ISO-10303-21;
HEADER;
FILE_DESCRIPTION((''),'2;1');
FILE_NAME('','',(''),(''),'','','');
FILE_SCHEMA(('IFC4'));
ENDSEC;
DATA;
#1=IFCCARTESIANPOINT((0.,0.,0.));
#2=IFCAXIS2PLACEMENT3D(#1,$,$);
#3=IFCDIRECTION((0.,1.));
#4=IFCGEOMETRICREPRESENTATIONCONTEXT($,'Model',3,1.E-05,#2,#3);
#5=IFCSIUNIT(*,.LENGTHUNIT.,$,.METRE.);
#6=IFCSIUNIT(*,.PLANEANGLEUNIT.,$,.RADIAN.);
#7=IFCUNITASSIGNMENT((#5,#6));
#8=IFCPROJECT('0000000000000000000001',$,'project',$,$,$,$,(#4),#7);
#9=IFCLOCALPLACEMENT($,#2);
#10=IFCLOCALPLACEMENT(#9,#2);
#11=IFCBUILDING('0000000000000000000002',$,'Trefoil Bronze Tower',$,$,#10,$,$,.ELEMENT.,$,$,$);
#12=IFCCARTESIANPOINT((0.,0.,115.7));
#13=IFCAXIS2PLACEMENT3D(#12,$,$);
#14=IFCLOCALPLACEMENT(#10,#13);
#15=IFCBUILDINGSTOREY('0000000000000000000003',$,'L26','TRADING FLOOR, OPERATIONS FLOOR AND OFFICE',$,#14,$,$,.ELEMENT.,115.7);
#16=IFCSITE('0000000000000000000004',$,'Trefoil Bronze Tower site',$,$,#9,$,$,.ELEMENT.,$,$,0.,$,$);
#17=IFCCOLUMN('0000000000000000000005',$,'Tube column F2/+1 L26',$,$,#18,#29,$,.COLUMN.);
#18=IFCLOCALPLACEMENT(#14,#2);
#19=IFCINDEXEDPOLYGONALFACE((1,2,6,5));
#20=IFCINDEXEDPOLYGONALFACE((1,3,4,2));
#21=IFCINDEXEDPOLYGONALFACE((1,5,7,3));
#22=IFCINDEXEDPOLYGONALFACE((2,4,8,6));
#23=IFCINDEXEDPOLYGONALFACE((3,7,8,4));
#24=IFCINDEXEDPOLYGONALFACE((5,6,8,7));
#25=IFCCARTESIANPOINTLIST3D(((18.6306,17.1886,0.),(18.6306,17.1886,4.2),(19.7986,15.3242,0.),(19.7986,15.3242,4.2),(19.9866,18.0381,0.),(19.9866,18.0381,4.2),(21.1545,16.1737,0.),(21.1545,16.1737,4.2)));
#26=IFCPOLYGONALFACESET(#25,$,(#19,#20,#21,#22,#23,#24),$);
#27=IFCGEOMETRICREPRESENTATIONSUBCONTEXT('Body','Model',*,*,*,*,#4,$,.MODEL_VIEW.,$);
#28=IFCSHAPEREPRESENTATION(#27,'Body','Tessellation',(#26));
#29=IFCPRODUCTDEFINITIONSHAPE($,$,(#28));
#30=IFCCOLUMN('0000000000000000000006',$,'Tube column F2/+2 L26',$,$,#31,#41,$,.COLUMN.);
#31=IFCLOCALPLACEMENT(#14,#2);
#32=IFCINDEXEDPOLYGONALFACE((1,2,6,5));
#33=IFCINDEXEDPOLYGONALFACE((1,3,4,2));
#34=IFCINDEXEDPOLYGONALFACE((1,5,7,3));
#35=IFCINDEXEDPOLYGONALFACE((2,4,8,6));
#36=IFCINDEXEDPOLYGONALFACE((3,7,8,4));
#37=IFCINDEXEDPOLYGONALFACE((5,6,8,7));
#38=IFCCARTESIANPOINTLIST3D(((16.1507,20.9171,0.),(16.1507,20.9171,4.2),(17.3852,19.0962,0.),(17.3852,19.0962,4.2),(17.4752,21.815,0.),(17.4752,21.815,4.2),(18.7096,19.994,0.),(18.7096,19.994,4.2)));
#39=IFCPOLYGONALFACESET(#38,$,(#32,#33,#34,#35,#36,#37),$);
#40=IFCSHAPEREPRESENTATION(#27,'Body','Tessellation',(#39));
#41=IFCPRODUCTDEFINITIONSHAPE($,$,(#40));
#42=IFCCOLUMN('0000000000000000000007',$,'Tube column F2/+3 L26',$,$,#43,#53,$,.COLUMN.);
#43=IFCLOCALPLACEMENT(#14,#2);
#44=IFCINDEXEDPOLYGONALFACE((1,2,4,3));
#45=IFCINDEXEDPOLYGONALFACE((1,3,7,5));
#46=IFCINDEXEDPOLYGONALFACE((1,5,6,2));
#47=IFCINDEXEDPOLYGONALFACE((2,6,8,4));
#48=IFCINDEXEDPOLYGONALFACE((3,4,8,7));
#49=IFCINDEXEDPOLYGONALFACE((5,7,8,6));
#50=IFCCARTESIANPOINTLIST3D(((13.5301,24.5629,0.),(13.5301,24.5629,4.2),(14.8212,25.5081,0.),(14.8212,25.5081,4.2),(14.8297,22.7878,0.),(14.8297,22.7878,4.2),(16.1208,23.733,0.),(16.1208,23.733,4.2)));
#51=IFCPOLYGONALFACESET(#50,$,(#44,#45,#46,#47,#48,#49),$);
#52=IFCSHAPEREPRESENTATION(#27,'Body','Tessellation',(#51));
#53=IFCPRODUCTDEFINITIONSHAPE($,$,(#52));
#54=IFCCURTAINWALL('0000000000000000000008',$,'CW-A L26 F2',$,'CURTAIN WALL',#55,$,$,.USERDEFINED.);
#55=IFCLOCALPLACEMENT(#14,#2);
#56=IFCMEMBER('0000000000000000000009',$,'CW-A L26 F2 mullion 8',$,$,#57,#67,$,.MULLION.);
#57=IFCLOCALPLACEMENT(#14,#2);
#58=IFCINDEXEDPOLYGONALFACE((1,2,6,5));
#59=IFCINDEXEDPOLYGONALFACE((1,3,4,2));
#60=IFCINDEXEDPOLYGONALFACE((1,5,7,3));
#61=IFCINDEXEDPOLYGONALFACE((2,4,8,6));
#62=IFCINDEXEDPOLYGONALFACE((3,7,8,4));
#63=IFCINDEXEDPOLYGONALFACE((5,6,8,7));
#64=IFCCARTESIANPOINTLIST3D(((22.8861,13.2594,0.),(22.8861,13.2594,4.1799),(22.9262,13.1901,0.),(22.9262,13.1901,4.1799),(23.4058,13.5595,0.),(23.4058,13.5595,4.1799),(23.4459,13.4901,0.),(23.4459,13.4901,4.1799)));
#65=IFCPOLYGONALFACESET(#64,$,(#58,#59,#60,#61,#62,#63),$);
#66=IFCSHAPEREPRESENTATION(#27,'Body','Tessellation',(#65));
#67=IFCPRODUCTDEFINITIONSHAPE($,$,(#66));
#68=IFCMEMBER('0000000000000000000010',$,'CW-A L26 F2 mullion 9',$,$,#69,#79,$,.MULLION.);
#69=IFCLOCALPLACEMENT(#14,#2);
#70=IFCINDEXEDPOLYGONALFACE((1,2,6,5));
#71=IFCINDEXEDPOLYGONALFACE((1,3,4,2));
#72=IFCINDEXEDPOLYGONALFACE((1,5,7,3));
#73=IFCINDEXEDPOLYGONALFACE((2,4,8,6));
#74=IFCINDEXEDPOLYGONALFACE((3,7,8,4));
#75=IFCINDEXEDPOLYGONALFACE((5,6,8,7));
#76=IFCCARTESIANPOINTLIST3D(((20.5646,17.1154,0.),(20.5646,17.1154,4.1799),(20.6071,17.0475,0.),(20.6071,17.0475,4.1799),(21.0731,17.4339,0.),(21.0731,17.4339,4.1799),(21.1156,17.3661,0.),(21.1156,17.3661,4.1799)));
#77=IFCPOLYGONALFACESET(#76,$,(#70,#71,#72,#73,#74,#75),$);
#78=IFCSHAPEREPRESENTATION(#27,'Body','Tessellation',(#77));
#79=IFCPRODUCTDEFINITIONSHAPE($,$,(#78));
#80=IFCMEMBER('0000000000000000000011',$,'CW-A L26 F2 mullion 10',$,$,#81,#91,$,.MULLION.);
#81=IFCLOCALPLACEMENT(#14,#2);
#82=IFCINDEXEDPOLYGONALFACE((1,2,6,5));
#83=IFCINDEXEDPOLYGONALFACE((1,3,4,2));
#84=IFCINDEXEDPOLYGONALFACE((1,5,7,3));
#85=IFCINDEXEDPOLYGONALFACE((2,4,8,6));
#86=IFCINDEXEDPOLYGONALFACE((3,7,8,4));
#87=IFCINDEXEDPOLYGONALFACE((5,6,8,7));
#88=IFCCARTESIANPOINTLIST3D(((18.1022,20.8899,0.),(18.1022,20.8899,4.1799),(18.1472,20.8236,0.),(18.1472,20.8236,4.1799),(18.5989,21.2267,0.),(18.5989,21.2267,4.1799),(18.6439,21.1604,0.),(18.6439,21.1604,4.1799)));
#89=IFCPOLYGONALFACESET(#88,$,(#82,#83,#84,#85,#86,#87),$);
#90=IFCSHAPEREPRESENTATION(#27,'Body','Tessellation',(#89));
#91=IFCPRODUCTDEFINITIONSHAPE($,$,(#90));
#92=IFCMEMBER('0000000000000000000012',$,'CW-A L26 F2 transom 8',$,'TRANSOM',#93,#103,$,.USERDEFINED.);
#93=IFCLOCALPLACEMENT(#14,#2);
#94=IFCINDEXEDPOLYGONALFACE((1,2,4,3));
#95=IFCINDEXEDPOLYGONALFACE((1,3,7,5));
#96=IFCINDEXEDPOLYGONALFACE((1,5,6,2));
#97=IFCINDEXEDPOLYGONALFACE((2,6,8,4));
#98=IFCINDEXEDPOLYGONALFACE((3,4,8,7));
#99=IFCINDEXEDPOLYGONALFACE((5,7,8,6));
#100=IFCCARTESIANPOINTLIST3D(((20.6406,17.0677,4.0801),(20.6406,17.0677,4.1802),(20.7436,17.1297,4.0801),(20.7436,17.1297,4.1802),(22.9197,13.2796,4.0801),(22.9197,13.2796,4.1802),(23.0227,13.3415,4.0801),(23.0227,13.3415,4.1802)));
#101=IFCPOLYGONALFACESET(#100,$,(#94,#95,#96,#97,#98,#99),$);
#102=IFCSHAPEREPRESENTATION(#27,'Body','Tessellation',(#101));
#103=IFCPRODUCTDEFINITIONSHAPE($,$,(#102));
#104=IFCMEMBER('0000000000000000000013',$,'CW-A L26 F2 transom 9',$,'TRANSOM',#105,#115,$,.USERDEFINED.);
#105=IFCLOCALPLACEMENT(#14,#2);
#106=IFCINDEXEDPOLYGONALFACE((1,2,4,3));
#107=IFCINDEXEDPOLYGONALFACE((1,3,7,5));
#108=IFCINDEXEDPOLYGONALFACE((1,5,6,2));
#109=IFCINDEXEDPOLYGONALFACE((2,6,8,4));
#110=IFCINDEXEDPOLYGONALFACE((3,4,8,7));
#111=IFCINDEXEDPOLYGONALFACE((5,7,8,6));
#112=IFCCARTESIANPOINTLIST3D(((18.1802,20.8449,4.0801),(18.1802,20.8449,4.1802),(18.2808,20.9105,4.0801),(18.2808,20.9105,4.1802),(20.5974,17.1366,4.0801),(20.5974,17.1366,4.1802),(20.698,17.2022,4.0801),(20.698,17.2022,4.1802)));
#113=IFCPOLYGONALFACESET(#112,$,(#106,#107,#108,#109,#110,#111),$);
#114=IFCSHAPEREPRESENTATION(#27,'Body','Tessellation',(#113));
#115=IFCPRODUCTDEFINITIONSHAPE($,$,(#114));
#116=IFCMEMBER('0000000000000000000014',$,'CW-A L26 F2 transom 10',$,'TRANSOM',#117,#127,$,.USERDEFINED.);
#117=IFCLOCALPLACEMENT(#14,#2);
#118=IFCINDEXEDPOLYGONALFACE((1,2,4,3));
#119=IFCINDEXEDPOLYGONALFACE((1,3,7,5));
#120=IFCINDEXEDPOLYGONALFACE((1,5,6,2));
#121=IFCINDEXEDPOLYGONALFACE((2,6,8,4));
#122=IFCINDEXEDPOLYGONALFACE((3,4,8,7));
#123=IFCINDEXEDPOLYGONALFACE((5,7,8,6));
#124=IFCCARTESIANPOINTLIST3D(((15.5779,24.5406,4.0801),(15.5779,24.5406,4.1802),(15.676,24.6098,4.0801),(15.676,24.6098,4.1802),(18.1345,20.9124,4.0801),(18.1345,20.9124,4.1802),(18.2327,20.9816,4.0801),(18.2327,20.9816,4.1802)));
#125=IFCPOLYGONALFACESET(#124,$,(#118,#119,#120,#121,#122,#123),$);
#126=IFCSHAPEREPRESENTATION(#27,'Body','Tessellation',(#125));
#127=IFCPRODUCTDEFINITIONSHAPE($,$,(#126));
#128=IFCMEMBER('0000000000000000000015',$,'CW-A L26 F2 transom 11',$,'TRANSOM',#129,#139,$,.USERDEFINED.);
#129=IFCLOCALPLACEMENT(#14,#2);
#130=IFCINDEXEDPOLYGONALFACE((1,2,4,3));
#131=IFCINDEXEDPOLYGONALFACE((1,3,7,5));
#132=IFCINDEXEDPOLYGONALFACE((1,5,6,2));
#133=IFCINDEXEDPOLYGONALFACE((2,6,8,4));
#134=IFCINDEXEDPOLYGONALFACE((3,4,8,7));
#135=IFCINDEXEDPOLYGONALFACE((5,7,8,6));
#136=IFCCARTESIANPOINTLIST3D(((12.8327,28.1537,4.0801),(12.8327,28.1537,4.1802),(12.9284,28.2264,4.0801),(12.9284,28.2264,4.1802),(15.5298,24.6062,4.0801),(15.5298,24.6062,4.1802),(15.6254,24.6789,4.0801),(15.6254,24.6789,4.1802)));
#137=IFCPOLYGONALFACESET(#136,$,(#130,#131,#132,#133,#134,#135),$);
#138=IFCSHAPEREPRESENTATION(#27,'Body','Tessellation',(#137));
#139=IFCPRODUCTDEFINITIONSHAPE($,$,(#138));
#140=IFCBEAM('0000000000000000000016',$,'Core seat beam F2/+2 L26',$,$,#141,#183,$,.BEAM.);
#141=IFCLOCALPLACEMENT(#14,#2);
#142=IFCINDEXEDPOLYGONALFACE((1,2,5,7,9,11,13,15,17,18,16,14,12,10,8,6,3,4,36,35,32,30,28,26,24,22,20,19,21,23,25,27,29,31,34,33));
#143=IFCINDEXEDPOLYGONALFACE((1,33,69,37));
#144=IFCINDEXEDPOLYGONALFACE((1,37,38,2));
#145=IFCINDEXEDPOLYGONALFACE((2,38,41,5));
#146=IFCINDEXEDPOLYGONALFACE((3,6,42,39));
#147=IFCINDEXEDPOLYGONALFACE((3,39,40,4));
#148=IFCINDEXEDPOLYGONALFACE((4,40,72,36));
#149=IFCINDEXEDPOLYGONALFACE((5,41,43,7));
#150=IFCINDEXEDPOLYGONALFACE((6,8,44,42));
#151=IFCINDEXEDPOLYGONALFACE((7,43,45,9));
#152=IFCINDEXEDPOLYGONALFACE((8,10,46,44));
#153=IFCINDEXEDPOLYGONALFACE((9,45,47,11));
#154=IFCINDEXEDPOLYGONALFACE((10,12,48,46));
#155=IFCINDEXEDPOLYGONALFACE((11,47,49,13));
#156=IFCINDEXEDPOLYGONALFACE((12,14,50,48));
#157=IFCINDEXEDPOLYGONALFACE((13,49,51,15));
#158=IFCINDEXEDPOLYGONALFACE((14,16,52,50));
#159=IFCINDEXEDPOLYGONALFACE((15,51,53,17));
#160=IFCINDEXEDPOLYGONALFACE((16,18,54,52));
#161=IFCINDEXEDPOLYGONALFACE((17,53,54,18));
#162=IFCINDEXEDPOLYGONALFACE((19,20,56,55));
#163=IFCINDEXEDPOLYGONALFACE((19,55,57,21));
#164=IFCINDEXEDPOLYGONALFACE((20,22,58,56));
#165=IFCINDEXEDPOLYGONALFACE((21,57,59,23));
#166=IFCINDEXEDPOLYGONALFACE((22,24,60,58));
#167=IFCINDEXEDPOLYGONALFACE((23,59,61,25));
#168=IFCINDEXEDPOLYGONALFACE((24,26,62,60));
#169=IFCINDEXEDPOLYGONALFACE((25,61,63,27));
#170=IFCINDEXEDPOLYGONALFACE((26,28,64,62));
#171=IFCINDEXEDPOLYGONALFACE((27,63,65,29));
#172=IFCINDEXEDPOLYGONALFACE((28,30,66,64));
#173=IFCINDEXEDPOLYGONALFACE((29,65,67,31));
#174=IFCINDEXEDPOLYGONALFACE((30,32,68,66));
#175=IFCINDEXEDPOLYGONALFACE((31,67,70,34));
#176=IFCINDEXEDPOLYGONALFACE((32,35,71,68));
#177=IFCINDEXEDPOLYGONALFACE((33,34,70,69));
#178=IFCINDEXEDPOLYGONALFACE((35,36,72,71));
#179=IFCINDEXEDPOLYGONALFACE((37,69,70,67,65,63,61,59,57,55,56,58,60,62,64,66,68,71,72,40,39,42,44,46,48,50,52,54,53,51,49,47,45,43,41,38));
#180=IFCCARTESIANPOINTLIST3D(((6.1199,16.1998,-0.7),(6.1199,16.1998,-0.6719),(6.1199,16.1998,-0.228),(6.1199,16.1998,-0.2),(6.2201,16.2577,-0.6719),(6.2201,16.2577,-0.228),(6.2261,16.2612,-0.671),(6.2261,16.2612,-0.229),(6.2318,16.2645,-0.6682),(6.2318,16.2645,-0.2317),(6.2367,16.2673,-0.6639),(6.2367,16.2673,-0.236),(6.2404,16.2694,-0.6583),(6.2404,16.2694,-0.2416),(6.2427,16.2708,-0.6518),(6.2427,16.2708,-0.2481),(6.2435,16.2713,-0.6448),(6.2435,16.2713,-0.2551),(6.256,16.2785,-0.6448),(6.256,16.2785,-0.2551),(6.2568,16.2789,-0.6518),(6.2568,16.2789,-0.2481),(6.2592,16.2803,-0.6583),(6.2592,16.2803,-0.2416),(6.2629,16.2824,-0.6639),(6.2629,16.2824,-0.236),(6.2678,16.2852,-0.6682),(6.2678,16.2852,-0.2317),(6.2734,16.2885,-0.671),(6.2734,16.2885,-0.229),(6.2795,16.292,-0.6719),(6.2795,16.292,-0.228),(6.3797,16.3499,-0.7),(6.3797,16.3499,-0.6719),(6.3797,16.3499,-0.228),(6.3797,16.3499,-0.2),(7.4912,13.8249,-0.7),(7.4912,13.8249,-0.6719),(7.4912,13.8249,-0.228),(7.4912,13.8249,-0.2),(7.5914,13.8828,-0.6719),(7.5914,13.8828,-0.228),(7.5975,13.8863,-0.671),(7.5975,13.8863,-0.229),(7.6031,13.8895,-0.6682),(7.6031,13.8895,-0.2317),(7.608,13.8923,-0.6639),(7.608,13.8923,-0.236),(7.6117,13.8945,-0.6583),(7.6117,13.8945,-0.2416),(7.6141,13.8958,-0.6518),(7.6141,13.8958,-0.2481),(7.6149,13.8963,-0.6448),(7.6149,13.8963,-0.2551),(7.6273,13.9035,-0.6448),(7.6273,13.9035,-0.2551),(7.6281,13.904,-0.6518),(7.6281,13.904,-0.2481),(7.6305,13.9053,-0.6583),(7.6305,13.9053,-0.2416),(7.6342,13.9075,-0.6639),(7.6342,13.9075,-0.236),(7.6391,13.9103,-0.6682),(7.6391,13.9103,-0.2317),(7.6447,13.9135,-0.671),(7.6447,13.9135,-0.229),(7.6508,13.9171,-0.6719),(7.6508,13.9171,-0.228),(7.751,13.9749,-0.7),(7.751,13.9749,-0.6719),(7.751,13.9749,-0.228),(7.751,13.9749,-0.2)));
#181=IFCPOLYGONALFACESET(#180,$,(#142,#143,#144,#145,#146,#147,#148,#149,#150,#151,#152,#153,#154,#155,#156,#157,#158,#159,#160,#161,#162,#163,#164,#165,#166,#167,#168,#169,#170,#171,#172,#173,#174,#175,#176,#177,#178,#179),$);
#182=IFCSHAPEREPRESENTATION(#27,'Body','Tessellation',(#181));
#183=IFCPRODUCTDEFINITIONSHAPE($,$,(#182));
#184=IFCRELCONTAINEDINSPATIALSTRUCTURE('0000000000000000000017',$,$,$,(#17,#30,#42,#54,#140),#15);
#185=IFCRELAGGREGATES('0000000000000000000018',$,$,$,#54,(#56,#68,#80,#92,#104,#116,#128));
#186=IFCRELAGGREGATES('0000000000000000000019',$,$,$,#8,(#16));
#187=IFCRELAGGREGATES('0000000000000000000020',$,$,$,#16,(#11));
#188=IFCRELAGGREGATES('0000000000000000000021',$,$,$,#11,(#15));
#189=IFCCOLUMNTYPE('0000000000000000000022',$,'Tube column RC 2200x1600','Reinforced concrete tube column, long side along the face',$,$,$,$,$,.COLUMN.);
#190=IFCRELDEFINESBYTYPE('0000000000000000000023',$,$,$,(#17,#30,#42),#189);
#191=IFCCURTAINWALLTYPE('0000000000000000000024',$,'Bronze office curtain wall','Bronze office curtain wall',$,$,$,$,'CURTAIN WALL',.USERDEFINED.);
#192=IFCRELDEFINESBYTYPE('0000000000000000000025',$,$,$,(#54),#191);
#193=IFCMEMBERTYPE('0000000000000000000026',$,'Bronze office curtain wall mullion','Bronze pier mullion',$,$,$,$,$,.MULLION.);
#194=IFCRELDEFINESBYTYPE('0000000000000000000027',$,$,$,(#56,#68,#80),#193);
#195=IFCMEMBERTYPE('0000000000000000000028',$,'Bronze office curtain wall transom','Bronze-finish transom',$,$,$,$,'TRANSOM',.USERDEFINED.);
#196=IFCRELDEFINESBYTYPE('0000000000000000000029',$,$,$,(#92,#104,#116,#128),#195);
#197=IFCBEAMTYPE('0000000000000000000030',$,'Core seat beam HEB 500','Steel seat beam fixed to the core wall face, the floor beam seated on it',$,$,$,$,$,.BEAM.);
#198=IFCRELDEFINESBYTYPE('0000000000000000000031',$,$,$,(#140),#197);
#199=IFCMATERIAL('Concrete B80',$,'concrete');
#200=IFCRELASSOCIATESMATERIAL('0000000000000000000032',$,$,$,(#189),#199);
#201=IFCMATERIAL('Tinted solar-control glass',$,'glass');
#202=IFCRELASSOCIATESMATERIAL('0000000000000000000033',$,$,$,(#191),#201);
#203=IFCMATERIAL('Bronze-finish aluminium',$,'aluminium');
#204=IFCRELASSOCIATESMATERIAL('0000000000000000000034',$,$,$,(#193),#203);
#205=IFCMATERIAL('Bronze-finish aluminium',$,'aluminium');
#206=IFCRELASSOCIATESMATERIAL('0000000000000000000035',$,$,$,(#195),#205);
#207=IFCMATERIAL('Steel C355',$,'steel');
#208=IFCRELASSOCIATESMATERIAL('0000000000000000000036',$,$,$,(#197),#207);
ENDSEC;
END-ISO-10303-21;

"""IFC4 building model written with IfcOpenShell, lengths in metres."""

from ifc_helpers import new_model, si_unit, direction, frame, origin, origin_2d, place, context, subcontext, project, spatial, rectangle, i_section, extrude, material, material_profile, profile_set, type_object, element, aggregate, save


model = new_model("IFC4")

# Units and contexts
model_context = context("Model", 3, precision=1e-05, world=origin(), true_north=direction((0.0, 1.0)))
body_context = subcontext(model_context, "Body", "Model", "MODEL_VIEW")
ifc_project = project(units=[si_unit("LENGTHUNIT", "METRE"), si_unit("PLANEANGLEUNIT", "RADIAN")], contexts=[model_context])

# Site, building, storey
site_placement = place(None, origin())
site = spatial("IfcSite", under=ifc_project, at=site_placement, Name="Trefoil Bronze Tower site", CompositionType="ELEMENT", RefElevation=0.0)
building_placement = place(site_placement, origin())
building = spatial("IfcBuilding", under=site, at=building_placement, Name="Trefoil Bronze Tower", CompositionType="ELEMENT")
storey_placement = place(building_placement, frame((0.0, 0.0, 115.7)))
storey = spatial("IfcBuildingStorey", under=building, at=storey_placement, Name="L26", Description="TRADING FLOOR, OPERATIONS FLOOR AND OFFICE", CompositionType="ELEMENT", Elevation=115.7)

# Columns
ifc_material_1 = material(Name="Concrete B80", Category="concrete")
ifc_material_profile_1 = material_profile(ifc_material_1, rectangle(XDim=2.2, YDim=1.6001, at=origin_2d()), Name="RC 2200x1600")
ifc_profile_set_1 = profile_set([ifc_material_profile_1], Name="Concrete B80")
column_type = type_object("IfcColumnType", Name="Tube column RC 2200x1600", Description="Reinforced concrete tube column, long side along the face", PredefinedType="COLUMN", material=ifc_profile_set_1)
for number, where, z_axis, x_axis, name in (
    (1, (19.8926, 16.6812, 0.0), (0.0, 0.0, 1.0), (-0.530893, 0.847439, 0.0), "Tube column F2/+1 L26"),
    (2, (17.4302, 20.4556, 0.0), (0.0, 0.0, 1.0), (-0.561136, 0.827724, 0.0), "Tube column F2/+2 L26"),
    (3, (14.8254, 24.1479, 0.0), (0.0, 0.0, 1.0), (-0.590723, 0.806875, 0.0), "Tube column F2/+3 L26"),
):
    element("IfcColumn", number, at=place(storey_placement, frame(where, z_axis=z_axis, x_axis=x_axis)), inside=storey, type_object=column_type, Name=name, PredefinedType="COLUMN", context=body_context, shape_type="SweptSolid", body=[
        extrude(rectangle(XDim=2.2, YDim=1.6001, at=origin_2d()), origin(), (0.0, 0.0, 1.0), 4.2),
    ])

# Curtain wall, members
ifc_material_2 = material(Name="Tinted solar-control glass", Category="glass")
curtain_wall_type = type_object("IfcCurtainWallType", Name="Bronze office curtain wall", Description="Bronze office curtain wall", ElementType="CURTAIN WALL", PredefinedType="USERDEFINED", material=ifc_material_2)
curtain_wall_placement = place(storey_placement, origin())
curtain_wall = element("IfcCurtainWall", 4, at=curtain_wall_placement, inside=storey, type_object=curtain_wall_type, Name="CW-A L26 F2", ObjectType="CURTAIN WALL", PredefinedType="USERDEFINED")
ifc_material_3 = material(Name="Bronze-finish aluminium", Category="aluminium")
ifc_material_profile_2 = material_profile(ifc_material_3, rectangle(XDim=0.6001, YDim=0.0801, at=origin_2d()), Name="CW-A mullion")
ifc_profile_set_2 = profile_set([ifc_material_profile_2], Name="Bronze-finish aluminium")
member_type_1 = type_object("IfcMemberType", Name="Bronze office curtain wall mullion", Description="Bronze pier mullion", PredefinedType="MULLION", material=ifc_profile_set_2)
member_1_placement = place(storey_placement, frame((23.166, 13.3748, 0.0), z_axis=(0.0, 0.0, 1.0), x_axis=(-0.866025, -0.5, 0.0)))
member_1 = element("IfcMember", 5, at=member_1_placement, type_object=member_type_1, Name="CW-A L26 F2 mullion 8", PredefinedType="MULLION", context=body_context, shape_type="SweptSolid", body=[
    extrude(rectangle(XDim=0.6001, YDim=0.0801, at=origin_2d()), origin(), (0.0, 0.0, 1.0), 4.1799),
])
member_2_placement = place(storey_placement, frame((20.8401, 17.2407, 0.0), z_axis=(0.0, 0.0, 1.0), x_axis=(-0.847439, -0.530893, 0.0)))
member_2 = element("IfcMember", 6, at=member_2_placement, type_object=member_type_1, Name="CW-A L26 F2 mullion 9", PredefinedType="MULLION", context=body_context, shape_type="SweptSolid", body=[
    extrude(rectangle(XDim=0.6001, YDim=0.0801, at=origin_2d()), origin(), (0.0, 0.0, 1.0), 4.1799),
])
member_3_placement = place(storey_placement, frame((18.373, 21.0251, 0.0), z_axis=(0.0, 0.0, 1.0), x_axis=(-0.827724, -0.561136, 0.0)))
member_3 = element("IfcMember", 7, at=member_3_placement, type_object=member_type_1, Name="CW-A L26 F2 mullion 10", PredefinedType="MULLION", context=body_context, shape_type="SweptSolid", body=[
    extrude(rectangle(XDim=0.6001, YDim=0.0801, at=origin_2d()), origin(), (0.0, 0.0, 1.0), 4.1799),
])
ifc_material_4 = material(Name="Bronze-finish aluminium", Category="aluminium")
ifc_material_profile_3 = material_profile(ifc_material_4, rectangle(XDim=0.1201, YDim=0.1001, at=origin_2d()), Name="CW-A transom")
ifc_profile_set_3 = profile_set([ifc_material_profile_3], Name="Bronze-finish aluminium")
member_type_2 = type_object("IfcMemberType", Name="Bronze office curtain wall transom", Description="Bronze-finish transom", ElementType="TRANSOM", PredefinedType="USERDEFINED", material=ifc_profile_set_3)
member_4_placement = place(storey_placement, frame((22.9712, 13.3105, 4.1301), z_axis=(-0.515527, 0.856873, 0.0), x_axis=(-0.856873, -0.515527, 0.0)))
member_4 = element("IfcMember", 8, at=member_4_placement, type_object=member_type_2, Name="CW-A L26 F2 transom 8", ObjectType="TRANSOM", PredefinedType="USERDEFINED", context=body_context, shape_type="SweptSolid", body=[
    extrude(rectangle(XDim=0.1201, YDim=0.1001, at=origin_2d()), origin(), (0.0, 0.0, 1.0), 4.4209),
])
member_5_placement = place(storey_placement, frame((20.6477, 17.1694, 4.1301), z_axis=(-0.546079, 0.837733, 0.0), x_axis=(-0.837733, -0.546079, 0.0)))
member_5 = element("IfcMember", 9, at=member_5_placement, type_object=member_type_2, Name="CW-A L26 F2 transom 9", ObjectType="TRANSOM", PredefinedType="USERDEFINED", context=body_context, shape_type="SweptSolid", body=[
    extrude(rectangle(XDim=0.1201, YDim=0.1001, at=origin_2d()), origin(), (0.0, 0.0, 1.0), 4.4265),
])
member_6_placement = place(storey_placement, frame((18.1836, 20.947, 4.1301), z_axis=(-0.576018, 0.817437, 0.0), x_axis=(-0.817437, -0.576018, 0.0)))
member_6 = element("IfcMember", 10, at=member_6_placement, type_object=member_type_2, Name="CW-A L26 F2 transom 10", ObjectType="TRANSOM", PredefinedType="USERDEFINED", context=body_context, shape_type="SweptSolid", body=[
    extrude(rectangle(XDim=0.1201, YDim=0.1001, at=origin_2d()), origin(), (0.0, 0.0, 1.0), 4.4385),
])
member_7_placement = place(storey_placement, frame((15.5776, 24.6426, 4.1301), z_axis=(-0.605229, 0.796051, 0.0), x_axis=(-0.796051, -0.605229, 0.0)))
member_7 = element("IfcMember", 11, at=member_7_placement, type_object=member_type_2, Name="CW-A L26 F2 transom 11", ObjectType="TRANSOM", PredefinedType="USERDEFINED", context=body_context, shape_type="SweptSolid", body=[
    extrude(rectangle(XDim=0.1201, YDim=0.1001, at=origin_2d()), origin(), (0.0, 0.0, 1.0), 4.4563),
])

# Beam
ifc_material_5 = material(Name="Steel C355", Category="steel")
ifc_material_profile_4 = material_profile(ifc_material_5, i_section(OverallWidth=0.3, OverallDepth=0.5, WebThickness=0.0144, FlangeThickness=0.0281, FilletRadius=0.0271, at=origin_2d()), Name="HEB 500")
ifc_profile_set_4 = profile_set([ifc_material_profile_4], Name="Steel C355")
beam_type_1 = type_object("IfcBeamType", Name="Core seat beam HEB 500", Description="Steel seat beam fixed to the core wall face, the floor beam seated on it", PredefinedType="BEAM", material=ifc_profile_set_4)
beam_1_placement = place(storey_placement, frame((7.6211, 13.8999, -0.45), z_axis=(-0.500036, 0.866005, 0.0), x_axis=(-0.866005, -0.500036, 0.0)))
element("IfcBeam", 12, at=beam_1_placement, inside=storey, type_object=beam_type_1, Name="Core seat beam F2/+2 L26", PredefinedType="BEAM", context=body_context, shape_type="SweptSolid", body=[
    extrude(i_section(OverallWidth=0.3, OverallDepth=0.5, WebThickness=0.0144, FlangeThickness=0.0281, FilletRadius=0.0271, at=origin_2d()), origin(), (0.0, 0.0, 1.0), 2.7424),
])

aggregate(curtain_wall, [member_1, member_2, member_3, member_4, member_5, member_6, member_7])

save(model, "model.ifc")
